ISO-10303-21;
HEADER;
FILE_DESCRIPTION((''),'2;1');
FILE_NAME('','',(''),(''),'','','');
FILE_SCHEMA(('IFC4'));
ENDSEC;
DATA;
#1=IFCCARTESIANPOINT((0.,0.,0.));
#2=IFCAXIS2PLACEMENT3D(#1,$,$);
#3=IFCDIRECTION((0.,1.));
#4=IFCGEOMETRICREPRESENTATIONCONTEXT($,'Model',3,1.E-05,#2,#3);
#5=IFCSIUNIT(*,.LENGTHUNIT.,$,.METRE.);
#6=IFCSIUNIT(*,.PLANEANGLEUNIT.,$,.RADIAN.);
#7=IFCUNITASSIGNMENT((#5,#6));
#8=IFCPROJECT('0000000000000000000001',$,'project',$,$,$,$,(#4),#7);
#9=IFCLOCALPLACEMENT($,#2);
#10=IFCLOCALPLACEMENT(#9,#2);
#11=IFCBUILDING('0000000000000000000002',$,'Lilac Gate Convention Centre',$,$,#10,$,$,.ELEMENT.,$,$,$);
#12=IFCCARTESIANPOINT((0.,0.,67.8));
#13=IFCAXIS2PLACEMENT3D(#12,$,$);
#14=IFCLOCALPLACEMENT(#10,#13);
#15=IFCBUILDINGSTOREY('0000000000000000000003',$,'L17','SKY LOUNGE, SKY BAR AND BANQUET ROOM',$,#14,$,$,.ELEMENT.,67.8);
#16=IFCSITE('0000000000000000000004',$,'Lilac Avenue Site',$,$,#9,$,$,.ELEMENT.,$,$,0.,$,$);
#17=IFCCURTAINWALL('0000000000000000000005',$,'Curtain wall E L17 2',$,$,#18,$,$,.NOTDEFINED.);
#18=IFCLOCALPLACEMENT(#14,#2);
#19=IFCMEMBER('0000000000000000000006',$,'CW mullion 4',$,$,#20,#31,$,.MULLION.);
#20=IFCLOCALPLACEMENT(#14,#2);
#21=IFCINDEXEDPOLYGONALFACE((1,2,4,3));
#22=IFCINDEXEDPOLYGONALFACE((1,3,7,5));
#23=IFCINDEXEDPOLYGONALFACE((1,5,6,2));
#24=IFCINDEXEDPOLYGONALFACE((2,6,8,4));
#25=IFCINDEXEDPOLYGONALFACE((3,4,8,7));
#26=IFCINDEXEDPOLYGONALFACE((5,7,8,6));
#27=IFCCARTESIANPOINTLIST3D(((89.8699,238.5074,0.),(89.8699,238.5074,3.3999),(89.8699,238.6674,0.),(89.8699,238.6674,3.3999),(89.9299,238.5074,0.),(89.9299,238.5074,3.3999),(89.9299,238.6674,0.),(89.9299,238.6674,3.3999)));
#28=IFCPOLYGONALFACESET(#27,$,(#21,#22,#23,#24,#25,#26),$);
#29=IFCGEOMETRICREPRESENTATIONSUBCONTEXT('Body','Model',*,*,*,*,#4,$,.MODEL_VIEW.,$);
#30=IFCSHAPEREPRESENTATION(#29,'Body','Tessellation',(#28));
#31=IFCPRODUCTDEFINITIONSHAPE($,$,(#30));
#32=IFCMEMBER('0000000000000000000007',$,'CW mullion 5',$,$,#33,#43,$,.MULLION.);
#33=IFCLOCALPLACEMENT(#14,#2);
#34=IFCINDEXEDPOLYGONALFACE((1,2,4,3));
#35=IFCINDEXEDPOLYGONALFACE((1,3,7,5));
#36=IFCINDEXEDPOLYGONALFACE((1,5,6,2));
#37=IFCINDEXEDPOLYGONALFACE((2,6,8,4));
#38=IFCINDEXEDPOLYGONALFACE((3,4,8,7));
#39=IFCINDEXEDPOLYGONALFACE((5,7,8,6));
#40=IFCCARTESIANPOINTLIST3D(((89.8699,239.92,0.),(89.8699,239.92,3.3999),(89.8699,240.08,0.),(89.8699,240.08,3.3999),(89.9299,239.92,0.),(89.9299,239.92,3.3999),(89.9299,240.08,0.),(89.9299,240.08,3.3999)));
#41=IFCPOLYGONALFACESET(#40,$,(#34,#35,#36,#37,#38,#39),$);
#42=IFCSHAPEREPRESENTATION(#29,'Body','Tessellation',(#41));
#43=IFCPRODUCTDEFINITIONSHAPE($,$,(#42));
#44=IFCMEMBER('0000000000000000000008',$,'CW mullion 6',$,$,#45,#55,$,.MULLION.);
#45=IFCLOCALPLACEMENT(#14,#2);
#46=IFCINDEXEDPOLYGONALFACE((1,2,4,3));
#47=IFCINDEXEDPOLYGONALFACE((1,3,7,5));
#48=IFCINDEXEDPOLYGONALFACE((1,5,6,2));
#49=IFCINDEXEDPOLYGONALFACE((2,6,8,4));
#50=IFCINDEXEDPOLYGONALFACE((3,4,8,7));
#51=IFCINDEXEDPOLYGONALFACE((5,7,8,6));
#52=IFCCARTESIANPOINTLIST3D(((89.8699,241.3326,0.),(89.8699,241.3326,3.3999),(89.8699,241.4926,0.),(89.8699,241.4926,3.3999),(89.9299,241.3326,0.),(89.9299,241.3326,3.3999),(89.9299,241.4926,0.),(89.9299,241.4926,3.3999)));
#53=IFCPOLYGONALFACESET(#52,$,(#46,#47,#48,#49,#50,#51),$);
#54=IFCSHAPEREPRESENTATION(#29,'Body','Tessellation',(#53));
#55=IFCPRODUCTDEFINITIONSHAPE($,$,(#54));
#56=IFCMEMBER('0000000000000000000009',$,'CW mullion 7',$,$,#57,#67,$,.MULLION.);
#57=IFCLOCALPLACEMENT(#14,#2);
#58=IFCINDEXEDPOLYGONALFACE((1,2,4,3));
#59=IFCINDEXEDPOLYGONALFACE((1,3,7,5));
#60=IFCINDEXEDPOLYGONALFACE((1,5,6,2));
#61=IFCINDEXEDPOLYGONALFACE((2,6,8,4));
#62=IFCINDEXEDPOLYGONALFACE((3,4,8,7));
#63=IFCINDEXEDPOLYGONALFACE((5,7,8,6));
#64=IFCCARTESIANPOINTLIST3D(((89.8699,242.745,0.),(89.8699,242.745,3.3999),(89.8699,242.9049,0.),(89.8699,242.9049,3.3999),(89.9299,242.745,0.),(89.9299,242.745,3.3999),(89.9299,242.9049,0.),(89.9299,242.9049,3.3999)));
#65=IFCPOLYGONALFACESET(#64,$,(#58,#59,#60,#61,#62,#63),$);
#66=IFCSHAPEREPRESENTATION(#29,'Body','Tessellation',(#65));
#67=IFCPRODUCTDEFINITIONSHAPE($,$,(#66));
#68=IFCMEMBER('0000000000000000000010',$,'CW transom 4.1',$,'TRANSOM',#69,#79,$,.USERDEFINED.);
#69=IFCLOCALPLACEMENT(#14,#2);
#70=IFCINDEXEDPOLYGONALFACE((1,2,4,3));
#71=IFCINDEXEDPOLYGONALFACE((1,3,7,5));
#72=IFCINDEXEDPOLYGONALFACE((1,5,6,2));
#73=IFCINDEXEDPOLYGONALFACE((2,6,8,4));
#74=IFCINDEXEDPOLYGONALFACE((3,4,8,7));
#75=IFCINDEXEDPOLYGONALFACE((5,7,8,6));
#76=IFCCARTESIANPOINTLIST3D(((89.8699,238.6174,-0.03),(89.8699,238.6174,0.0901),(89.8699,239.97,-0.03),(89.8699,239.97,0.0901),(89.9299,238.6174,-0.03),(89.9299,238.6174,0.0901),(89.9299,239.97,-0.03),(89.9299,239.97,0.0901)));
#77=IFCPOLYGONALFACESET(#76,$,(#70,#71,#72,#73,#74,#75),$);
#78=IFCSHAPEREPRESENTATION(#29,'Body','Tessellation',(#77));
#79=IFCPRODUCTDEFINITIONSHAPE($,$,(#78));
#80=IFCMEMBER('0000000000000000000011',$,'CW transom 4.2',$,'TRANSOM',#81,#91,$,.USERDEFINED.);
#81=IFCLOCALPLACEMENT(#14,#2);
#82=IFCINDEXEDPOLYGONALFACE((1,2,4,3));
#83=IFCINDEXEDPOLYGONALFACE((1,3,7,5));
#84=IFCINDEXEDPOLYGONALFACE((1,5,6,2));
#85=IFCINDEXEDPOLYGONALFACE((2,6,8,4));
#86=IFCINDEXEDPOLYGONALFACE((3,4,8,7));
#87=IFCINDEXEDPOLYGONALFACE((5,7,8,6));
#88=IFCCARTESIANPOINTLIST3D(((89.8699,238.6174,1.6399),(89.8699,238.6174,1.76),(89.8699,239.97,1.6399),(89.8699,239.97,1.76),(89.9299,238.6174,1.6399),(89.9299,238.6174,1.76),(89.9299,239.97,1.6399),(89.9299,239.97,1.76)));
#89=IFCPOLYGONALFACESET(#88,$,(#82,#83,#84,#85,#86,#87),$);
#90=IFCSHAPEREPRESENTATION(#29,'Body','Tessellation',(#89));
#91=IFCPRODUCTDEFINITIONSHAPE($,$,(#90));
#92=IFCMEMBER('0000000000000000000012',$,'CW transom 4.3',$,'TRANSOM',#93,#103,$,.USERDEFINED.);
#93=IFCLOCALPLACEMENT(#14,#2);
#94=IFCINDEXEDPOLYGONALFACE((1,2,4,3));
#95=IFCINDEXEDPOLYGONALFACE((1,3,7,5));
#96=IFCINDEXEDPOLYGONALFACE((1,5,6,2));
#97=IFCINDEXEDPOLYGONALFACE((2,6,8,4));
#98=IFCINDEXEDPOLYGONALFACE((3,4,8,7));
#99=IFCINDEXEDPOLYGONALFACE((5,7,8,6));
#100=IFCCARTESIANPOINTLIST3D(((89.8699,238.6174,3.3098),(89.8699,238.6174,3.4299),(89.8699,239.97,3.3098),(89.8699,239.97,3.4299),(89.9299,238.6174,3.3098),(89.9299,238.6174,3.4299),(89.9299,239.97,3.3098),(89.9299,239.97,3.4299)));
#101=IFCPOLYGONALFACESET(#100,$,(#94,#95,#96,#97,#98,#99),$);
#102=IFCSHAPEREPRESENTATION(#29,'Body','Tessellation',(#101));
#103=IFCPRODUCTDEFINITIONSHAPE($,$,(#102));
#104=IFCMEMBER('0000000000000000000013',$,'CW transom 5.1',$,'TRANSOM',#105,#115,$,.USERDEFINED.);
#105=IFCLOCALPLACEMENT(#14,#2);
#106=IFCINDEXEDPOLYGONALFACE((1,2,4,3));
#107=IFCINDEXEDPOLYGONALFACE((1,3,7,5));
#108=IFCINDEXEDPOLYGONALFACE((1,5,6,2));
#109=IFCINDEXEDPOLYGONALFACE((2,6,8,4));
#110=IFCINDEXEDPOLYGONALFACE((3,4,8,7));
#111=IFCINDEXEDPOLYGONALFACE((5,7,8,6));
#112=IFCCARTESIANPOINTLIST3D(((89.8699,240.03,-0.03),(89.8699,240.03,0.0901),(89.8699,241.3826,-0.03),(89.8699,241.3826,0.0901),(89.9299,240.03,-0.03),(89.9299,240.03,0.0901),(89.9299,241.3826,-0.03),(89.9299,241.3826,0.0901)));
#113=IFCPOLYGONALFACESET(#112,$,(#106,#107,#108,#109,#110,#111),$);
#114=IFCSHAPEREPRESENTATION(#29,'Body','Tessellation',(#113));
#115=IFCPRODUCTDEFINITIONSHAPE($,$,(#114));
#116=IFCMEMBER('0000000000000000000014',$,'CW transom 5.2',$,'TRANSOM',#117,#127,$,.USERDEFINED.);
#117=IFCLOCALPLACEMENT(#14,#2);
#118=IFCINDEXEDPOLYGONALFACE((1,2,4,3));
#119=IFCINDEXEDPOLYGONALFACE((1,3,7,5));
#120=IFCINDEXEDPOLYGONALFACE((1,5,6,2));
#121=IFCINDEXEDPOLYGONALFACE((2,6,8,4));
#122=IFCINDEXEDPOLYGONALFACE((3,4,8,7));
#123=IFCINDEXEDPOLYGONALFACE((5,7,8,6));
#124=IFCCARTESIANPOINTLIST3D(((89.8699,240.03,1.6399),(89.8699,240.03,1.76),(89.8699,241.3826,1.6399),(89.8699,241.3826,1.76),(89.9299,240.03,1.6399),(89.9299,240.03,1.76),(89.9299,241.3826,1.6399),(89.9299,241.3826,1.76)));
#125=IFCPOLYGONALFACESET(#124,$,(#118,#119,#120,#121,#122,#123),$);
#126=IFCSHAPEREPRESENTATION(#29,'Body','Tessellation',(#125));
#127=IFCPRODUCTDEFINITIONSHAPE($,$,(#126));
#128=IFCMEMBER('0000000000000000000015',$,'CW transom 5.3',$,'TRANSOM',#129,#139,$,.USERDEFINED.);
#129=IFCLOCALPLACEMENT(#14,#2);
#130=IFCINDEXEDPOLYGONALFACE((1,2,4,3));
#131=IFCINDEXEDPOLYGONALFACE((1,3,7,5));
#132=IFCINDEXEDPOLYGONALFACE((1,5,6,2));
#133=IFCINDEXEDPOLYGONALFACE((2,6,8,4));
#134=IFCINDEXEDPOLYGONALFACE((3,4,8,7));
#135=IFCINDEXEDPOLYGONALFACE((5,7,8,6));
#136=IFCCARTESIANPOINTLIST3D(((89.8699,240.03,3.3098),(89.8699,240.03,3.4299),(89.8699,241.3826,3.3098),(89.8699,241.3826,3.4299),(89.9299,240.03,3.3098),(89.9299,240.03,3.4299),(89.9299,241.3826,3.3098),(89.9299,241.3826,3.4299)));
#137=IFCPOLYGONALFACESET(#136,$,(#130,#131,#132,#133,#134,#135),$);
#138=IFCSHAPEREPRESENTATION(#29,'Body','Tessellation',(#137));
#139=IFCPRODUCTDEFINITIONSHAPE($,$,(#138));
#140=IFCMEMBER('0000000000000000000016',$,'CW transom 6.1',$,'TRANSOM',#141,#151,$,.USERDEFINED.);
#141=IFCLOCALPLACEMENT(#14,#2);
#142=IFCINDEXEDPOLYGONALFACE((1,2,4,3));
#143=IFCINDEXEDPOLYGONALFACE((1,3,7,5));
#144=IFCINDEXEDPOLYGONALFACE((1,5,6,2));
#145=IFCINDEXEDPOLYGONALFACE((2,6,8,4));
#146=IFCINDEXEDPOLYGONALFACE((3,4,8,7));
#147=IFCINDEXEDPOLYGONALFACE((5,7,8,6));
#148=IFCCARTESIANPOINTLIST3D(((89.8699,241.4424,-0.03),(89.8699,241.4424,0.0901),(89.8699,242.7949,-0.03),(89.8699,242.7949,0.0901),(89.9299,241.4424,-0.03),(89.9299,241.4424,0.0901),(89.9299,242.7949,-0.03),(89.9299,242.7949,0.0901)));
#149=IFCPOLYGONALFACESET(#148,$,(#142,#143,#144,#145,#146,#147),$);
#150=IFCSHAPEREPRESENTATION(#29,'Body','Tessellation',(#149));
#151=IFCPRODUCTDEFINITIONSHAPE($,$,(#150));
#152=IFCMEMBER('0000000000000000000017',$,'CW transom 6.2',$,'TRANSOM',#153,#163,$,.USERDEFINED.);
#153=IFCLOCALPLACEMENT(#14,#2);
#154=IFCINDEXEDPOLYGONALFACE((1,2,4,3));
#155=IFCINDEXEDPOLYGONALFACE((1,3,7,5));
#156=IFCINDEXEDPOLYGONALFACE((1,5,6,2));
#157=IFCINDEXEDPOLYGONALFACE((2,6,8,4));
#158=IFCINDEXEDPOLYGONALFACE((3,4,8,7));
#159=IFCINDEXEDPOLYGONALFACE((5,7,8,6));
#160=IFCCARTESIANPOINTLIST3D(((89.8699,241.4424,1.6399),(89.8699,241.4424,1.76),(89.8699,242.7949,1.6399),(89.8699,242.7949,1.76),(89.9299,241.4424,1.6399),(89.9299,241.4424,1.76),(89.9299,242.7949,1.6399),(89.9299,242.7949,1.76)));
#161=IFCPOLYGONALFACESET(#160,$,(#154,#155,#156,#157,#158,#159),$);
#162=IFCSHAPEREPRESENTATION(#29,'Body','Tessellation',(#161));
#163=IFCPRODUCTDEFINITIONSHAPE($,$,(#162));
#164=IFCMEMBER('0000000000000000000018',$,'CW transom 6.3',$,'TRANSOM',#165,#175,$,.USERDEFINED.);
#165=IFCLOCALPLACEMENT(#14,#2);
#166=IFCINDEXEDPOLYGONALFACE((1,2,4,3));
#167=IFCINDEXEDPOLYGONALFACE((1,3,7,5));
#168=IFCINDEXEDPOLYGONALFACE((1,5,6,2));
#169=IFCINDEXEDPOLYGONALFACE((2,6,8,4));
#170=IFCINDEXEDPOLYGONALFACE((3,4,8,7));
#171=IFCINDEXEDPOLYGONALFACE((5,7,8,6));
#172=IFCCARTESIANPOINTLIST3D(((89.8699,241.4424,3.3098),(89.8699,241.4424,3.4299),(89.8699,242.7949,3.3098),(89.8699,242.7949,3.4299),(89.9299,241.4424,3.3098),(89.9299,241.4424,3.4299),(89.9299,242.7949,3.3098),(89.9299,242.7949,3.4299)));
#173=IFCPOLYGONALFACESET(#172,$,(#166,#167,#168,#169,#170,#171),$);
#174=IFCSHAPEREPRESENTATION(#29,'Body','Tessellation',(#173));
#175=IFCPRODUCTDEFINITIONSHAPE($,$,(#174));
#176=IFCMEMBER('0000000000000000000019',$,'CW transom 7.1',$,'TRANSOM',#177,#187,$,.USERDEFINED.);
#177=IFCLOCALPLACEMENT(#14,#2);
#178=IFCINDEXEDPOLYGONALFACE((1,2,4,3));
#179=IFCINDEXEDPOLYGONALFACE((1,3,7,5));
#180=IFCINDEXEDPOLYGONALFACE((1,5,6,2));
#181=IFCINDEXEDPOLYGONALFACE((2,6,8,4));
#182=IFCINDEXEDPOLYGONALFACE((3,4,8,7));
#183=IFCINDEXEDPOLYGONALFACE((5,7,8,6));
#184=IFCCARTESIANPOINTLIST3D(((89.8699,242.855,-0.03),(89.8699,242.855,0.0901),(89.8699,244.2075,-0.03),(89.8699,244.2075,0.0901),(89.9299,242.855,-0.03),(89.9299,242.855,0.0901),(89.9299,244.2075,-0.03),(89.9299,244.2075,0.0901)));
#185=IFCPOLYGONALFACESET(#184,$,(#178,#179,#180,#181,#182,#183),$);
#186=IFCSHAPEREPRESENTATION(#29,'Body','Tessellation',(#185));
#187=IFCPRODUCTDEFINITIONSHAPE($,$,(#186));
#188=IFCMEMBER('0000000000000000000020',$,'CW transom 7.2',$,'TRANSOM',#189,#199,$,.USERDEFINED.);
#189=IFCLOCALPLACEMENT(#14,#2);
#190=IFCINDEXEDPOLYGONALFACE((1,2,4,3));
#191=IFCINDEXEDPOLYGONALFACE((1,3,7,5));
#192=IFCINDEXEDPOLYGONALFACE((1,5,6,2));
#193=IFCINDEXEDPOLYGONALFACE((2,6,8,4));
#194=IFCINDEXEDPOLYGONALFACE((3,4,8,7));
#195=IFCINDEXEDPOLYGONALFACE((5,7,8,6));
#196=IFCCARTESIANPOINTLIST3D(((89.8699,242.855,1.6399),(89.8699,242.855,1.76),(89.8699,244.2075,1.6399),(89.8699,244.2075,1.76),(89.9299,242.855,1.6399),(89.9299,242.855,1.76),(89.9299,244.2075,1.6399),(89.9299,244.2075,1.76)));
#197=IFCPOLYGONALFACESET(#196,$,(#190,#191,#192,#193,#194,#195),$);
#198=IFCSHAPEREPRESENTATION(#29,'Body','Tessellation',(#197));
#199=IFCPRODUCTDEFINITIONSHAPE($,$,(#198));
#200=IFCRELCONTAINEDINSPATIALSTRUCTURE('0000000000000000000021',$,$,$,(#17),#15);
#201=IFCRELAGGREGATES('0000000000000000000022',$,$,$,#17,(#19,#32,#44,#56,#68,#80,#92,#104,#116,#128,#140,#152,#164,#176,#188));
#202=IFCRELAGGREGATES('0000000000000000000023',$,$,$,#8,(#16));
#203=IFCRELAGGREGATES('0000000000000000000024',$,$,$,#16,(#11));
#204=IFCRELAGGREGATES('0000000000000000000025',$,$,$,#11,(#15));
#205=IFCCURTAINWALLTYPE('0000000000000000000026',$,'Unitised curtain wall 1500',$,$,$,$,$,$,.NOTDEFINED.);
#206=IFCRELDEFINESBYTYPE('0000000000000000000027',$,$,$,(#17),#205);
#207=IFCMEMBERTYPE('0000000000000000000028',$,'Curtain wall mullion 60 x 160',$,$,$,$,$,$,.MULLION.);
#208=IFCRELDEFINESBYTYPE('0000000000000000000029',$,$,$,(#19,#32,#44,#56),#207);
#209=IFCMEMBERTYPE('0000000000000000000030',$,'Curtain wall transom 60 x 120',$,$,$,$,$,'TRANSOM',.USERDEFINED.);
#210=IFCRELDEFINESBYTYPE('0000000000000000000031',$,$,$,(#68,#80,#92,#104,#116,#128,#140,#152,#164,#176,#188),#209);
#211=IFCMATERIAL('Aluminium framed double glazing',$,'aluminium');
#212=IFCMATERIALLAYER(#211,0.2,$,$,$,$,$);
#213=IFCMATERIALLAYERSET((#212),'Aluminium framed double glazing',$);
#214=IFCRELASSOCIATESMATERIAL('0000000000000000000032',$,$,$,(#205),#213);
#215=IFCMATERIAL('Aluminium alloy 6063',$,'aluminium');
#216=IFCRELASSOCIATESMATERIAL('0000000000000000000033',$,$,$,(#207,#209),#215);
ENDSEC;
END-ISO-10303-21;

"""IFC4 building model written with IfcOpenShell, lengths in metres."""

from ifc_helpers import new_model, si_unit, direction, frame, origin, origin_2d, place, context, subcontext, project, spatial, rectangle, extrude, material, layer, layer_set, material_profile, profile_set, type_object, element, aggregate, save


model = new_model("IFC4")

# Units and contexts
model_context = context("Model", 3, precision=1e-05, world=origin(), true_north=direction((0.0, 1.0)))
body_context = subcontext(model_context, "Body", "Model", "MODEL_VIEW")
ifc_project = project(units=[si_unit("LENGTHUNIT", "METRE"), si_unit("PLANEANGLEUNIT", "RADIAN")], contexts=[model_context])

# Site, building, storey
site_placement = place(None, origin())
site = spatial("IfcSite", under=ifc_project, at=site_placement, Name="Lilac Avenue Site", CompositionType="ELEMENT", RefElevation=0.0)
building_placement = place(site_placement, origin())
building = spatial("IfcBuilding", under=site, at=building_placement, Name="Lilac Gate Convention Centre", CompositionType="ELEMENT")
storey_placement = place(building_placement, frame((0.0, 0.0, 67.8)))
storey = spatial("IfcBuildingStorey", under=building, at=storey_placement, Name="L17", Description="SKY LOUNGE, SKY BAR AND BANQUET ROOM", CompositionType="ELEMENT", Elevation=67.8)

# Curtain wall, members
ifc_material_1 = material(Name="Aluminium framed double glazing", Category="aluminium")
ifc_layer_1 = layer(ifc_material_1, 0.2)
ifc_layer_set_1 = layer_set([ifc_layer_1], Name="Aluminium framed double glazing")
curtain_wall_type = type_object("IfcCurtainWallType", Name="Unitised curtain wall 1500", PredefinedType="NOTDEFINED", material=ifc_layer_set_1)
curtain_wall_placement = place(storey_placement, origin())
curtain_wall = element("IfcCurtainWall", 1, at=curtain_wall_placement, inside=storey, type_object=curtain_wall_type, Name="Curtain wall E L17 2", PredefinedType="NOTDEFINED")
ifc_material_2 = material(Name="Aluminium alloy 6063", Category="aluminium")
ifc_material_profile_1 = material_profile(ifc_material_2, rectangle(XDim=0.0601, YDim=0.1599, at=origin_2d()), Name="Curtain wall mullion 60 x 160")
ifc_profile_set_1 = profile_set([ifc_material_profile_1], Name="Aluminium alloy 6063")
member_type_1 = type_object("IfcMemberType", Name="Curtain wall mullion 60 x 160", PredefinedType="MULLION", material=ifc_profile_set_1)
member_1_placement = place(storey_placement, frame((89.8999, 238.5874, 0.0), z_axis=(0.0, 0.0, 1.0), x_axis=(-1.0, 0.0, 0.0)))
member_1 = element("IfcMember", 2, at=member_1_placement, type_object=member_type_1, Name="CW mullion 4", PredefinedType="MULLION", context=body_context, shape_type="SweptSolid", body=[
    extrude(rectangle(XDim=0.0601, YDim=0.1599, at=origin_2d()), origin(), (0.0, 0.0, 1.0), 3.3999),
])
member_2_placement = place(storey_placement, frame((89.8999, 240.0, 0.0), z_axis=(0.0, 0.0, 1.0), x_axis=(-1.0, 0.0, 0.0)))
member_2 = element("IfcMember", 3, at=member_2_placement, type_object=member_type_1, Name="CW mullion 5", PredefinedType="MULLION", context=body_context, shape_type="SweptSolid", body=[
    extrude(rectangle(XDim=0.0601, YDim=0.1599, at=origin_2d()), origin(), (0.0, 0.0, 1.0), 3.3999),
])
member_3_placement = place(storey_placement, frame((89.8999, 241.4126, 0.0), z_axis=(0.0, 0.0, 1.0), x_axis=(-1.0, 0.0, 0.0)))
member_3 = element("IfcMember", 4, at=member_3_placement, type_object=member_type_1, Name="CW mullion 6", PredefinedType="MULLION", context=body_context, shape_type="SweptSolid", body=[
    extrude(rectangle(XDim=0.0601, YDim=0.1599, at=origin_2d()), origin(), (0.0, 0.0, 1.0), 3.3999),
])
member_4_placement = place(storey_placement, frame((89.8999, 242.825, 0.0), z_axis=(0.0, 0.0, 1.0), x_axis=(-1.0, 0.0, 0.0)))
member_4 = element("IfcMember", 5, at=member_4_placement, type_object=member_type_1, Name="CW mullion 7", PredefinedType="MULLION", context=body_context, shape_type="SweptSolid", body=[
    extrude(rectangle(XDim=0.0601, YDim=0.1599, at=origin_2d()), origin(), (0.0, 0.0, 1.0), 3.3999),
])
ifc_material_profile_2 = material_profile(ifc_material_2, rectangle(XDim=0.0601, YDim=0.1201, at=origin_2d()), Name="Curtain wall transom 60 x 120")
ifc_profile_set_2 = profile_set([ifc_material_profile_2], Name="Aluminium alloy 6063")
member_type_2 = type_object("IfcMemberType", Name="Curtain wall transom 60 x 120", ElementType="TRANSOM", PredefinedType="USERDEFINED", material=ifc_profile_set_2)
member_5_placement = place(storey_placement, frame((89.8999, 238.6174, 0.03), z_axis=(0.0, 1.0, 0.0), x_axis=(-1.0, 0.0, 0.0)))
member_5 = element("IfcMember", 6, at=member_5_placement, type_object=member_type_2, Name="CW transom 4.1", ObjectType="TRANSOM", PredefinedType="USERDEFINED", context=body_context, shape_type="SweptSolid", body=[
    extrude(rectangle(XDim=0.0601, YDim=0.1201, at=origin_2d()), origin(), (0.0, 0.0, 1.0), 1.3525),
])
member_6_placement = place(storey_placement, frame((89.8999, 238.6174, 1.7), z_axis=(0.0, 1.0, 0.0), x_axis=(-1.0, 0.0, 0.0)))
member_6 = element("IfcMember", 7, at=member_6_placement, type_object=member_type_2, Name="CW transom 4.2", ObjectType="TRANSOM", PredefinedType="USERDEFINED", context=body_context, shape_type="SweptSolid", body=[
    extrude(rectangle(XDim=0.0601, YDim=0.1201, at=origin_2d()), origin(), (0.0, 0.0, 1.0), 1.3525),
])
member_7_placement = place(storey_placement, frame((89.8999, 238.6174, 3.3699), z_axis=(0.0, 1.0, 0.0), x_axis=(-1.0, 0.0, 0.0)))
member_7 = element("IfcMember", 8, at=member_7_placement, type_object=member_type_2, Name="CW transom 4.3", ObjectType="TRANSOM", PredefinedType="USERDEFINED", context=body_context, shape_type="SweptSolid", body=[
    extrude(rectangle(XDim=0.0601, YDim=0.1201, at=origin_2d()), origin(), (0.0, 0.0, 1.0), 1.3525),
])
member_8_placement = place(storey_placement, frame((89.8999, 240.03, 0.03), z_axis=(0.0, 1.0, 0.0), x_axis=(-1.0, 0.0, 0.0)))
member_8 = element("IfcMember", 9, at=member_8_placement, type_object=member_type_2, Name="CW transom 5.1", ObjectType="TRANSOM", PredefinedType="USERDEFINED", context=body_context, shape_type="SweptSolid", body=[
    extrude(rectangle(XDim=0.0601, YDim=0.1201, at=origin_2d()), origin(), (0.0, 0.0, 1.0), 1.3525),
])
member_9_placement = place(storey_placement, frame((89.8999, 240.03, 1.7), z_axis=(0.0, 1.0, 0.0), x_axis=(-1.0, 0.0, 0.0)))
member_9 = element("IfcMember", 10, at=member_9_placement, type_object=member_type_2, Name="CW transom 5.2", ObjectType="TRANSOM", PredefinedType="USERDEFINED", context=body_context, shape_type="SweptSolid", body=[
    extrude(rectangle(XDim=0.0601, YDim=0.1201, at=origin_2d()), origin(), (0.0, 0.0, 1.0), 1.3525),
])
member_10_placement = place(storey_placement, frame((89.8999, 240.03, 3.3699), z_axis=(0.0, 1.0, 0.0), x_axis=(-1.0, 0.0, 0.0)))
member_10 = element("IfcMember", 11, at=member_10_placement, type_object=member_type_2, Name="CW transom 5.3", ObjectType="TRANSOM", PredefinedType="USERDEFINED", context=body_context, shape_type="SweptSolid", body=[
    extrude(rectangle(XDim=0.0601, YDim=0.1201, at=origin_2d()), origin(), (0.0, 0.0, 1.0), 1.3525),
])
member_11_placement = place(storey_placement, frame((89.8999, 241.4424, 0.03), z_axis=(0.0, 1.0, 0.0), x_axis=(-1.0, 0.0, 0.0)))
member_11 = element("IfcMember", 12, at=member_11_placement, type_object=member_type_2, Name="CW transom 6.1", ObjectType="TRANSOM", PredefinedType="USERDEFINED", context=body_context, shape_type="SweptSolid", body=[
    extrude(rectangle(XDim=0.0601, YDim=0.1201, at=origin_2d()), origin(), (0.0, 0.0, 1.0), 1.3525),
])
member_12_placement = place(storey_placement, frame((89.8999, 241.4424, 1.7), z_axis=(0.0, 1.0, 0.0), x_axis=(-1.0, 0.0, 0.0)))
member_12 = element("IfcMember", 13, at=member_12_placement, type_object=member_type_2, Name="CW transom 6.2", ObjectType="TRANSOM", PredefinedType="USERDEFINED", context=body_context, shape_type="SweptSolid", body=[
    extrude(rectangle(XDim=0.0601, YDim=0.1201, at=origin_2d()), origin(), (0.0, 0.0, 1.0), 1.3525),
])
member_13_placement = place(storey_placement, frame((89.8999, 241.4424, 3.3699), z_axis=(0.0, 1.0, 0.0), x_axis=(-1.0, 0.0, 0.0)))
member_13 = element("IfcMember", 14, at=member_13_placement, type_object=member_type_2, Name="CW transom 6.3", ObjectType="TRANSOM", PredefinedType="USERDEFINED", context=body_context, shape_type="SweptSolid", body=[
    extrude(rectangle(XDim=0.0601, YDim=0.1201, at=origin_2d()), origin(), (0.0, 0.0, 1.0), 1.3525),
])
member_14_placement = place(storey_placement, frame((89.8999, 242.855, 0.03), z_axis=(0.0, 1.0, 0.0), x_axis=(-1.0, 0.0, 0.0)))
member_14 = element("IfcMember", 15, at=member_14_placement, type_object=member_type_2, Name="CW transom 7.1", ObjectType="TRANSOM", PredefinedType="USERDEFINED", context=body_context, shape_type="SweptSolid", body=[
    extrude(rectangle(XDim=0.0601, YDim=0.1201, at=origin_2d()), origin(), (0.0, 0.0, 1.0), 1.3525),
])
member_15_placement = place(storey_placement, frame((89.8999, 242.855, 1.7), z_axis=(0.0, 1.0, 0.0), x_axis=(-1.0, 0.0, 0.0)))
member_15 = element("IfcMember", 16, at=member_15_placement, type_object=member_type_2, Name="CW transom 7.2", ObjectType="TRANSOM", PredefinedType="USERDEFINED", context=body_context, shape_type="SweptSolid", body=[
    extrude(rectangle(XDim=0.0601, YDim=0.1201, at=origin_2d()), origin(), (0.0, 0.0, 1.0), 1.3525),
])
aggregate(curtain_wall, [member_1, member_2, member_3, member_4, member_5, member_6, member_7, member_8, member_9, member_10, member_11, member_12, member_13, member_14, member_15])

save(model, "model.ifc")
